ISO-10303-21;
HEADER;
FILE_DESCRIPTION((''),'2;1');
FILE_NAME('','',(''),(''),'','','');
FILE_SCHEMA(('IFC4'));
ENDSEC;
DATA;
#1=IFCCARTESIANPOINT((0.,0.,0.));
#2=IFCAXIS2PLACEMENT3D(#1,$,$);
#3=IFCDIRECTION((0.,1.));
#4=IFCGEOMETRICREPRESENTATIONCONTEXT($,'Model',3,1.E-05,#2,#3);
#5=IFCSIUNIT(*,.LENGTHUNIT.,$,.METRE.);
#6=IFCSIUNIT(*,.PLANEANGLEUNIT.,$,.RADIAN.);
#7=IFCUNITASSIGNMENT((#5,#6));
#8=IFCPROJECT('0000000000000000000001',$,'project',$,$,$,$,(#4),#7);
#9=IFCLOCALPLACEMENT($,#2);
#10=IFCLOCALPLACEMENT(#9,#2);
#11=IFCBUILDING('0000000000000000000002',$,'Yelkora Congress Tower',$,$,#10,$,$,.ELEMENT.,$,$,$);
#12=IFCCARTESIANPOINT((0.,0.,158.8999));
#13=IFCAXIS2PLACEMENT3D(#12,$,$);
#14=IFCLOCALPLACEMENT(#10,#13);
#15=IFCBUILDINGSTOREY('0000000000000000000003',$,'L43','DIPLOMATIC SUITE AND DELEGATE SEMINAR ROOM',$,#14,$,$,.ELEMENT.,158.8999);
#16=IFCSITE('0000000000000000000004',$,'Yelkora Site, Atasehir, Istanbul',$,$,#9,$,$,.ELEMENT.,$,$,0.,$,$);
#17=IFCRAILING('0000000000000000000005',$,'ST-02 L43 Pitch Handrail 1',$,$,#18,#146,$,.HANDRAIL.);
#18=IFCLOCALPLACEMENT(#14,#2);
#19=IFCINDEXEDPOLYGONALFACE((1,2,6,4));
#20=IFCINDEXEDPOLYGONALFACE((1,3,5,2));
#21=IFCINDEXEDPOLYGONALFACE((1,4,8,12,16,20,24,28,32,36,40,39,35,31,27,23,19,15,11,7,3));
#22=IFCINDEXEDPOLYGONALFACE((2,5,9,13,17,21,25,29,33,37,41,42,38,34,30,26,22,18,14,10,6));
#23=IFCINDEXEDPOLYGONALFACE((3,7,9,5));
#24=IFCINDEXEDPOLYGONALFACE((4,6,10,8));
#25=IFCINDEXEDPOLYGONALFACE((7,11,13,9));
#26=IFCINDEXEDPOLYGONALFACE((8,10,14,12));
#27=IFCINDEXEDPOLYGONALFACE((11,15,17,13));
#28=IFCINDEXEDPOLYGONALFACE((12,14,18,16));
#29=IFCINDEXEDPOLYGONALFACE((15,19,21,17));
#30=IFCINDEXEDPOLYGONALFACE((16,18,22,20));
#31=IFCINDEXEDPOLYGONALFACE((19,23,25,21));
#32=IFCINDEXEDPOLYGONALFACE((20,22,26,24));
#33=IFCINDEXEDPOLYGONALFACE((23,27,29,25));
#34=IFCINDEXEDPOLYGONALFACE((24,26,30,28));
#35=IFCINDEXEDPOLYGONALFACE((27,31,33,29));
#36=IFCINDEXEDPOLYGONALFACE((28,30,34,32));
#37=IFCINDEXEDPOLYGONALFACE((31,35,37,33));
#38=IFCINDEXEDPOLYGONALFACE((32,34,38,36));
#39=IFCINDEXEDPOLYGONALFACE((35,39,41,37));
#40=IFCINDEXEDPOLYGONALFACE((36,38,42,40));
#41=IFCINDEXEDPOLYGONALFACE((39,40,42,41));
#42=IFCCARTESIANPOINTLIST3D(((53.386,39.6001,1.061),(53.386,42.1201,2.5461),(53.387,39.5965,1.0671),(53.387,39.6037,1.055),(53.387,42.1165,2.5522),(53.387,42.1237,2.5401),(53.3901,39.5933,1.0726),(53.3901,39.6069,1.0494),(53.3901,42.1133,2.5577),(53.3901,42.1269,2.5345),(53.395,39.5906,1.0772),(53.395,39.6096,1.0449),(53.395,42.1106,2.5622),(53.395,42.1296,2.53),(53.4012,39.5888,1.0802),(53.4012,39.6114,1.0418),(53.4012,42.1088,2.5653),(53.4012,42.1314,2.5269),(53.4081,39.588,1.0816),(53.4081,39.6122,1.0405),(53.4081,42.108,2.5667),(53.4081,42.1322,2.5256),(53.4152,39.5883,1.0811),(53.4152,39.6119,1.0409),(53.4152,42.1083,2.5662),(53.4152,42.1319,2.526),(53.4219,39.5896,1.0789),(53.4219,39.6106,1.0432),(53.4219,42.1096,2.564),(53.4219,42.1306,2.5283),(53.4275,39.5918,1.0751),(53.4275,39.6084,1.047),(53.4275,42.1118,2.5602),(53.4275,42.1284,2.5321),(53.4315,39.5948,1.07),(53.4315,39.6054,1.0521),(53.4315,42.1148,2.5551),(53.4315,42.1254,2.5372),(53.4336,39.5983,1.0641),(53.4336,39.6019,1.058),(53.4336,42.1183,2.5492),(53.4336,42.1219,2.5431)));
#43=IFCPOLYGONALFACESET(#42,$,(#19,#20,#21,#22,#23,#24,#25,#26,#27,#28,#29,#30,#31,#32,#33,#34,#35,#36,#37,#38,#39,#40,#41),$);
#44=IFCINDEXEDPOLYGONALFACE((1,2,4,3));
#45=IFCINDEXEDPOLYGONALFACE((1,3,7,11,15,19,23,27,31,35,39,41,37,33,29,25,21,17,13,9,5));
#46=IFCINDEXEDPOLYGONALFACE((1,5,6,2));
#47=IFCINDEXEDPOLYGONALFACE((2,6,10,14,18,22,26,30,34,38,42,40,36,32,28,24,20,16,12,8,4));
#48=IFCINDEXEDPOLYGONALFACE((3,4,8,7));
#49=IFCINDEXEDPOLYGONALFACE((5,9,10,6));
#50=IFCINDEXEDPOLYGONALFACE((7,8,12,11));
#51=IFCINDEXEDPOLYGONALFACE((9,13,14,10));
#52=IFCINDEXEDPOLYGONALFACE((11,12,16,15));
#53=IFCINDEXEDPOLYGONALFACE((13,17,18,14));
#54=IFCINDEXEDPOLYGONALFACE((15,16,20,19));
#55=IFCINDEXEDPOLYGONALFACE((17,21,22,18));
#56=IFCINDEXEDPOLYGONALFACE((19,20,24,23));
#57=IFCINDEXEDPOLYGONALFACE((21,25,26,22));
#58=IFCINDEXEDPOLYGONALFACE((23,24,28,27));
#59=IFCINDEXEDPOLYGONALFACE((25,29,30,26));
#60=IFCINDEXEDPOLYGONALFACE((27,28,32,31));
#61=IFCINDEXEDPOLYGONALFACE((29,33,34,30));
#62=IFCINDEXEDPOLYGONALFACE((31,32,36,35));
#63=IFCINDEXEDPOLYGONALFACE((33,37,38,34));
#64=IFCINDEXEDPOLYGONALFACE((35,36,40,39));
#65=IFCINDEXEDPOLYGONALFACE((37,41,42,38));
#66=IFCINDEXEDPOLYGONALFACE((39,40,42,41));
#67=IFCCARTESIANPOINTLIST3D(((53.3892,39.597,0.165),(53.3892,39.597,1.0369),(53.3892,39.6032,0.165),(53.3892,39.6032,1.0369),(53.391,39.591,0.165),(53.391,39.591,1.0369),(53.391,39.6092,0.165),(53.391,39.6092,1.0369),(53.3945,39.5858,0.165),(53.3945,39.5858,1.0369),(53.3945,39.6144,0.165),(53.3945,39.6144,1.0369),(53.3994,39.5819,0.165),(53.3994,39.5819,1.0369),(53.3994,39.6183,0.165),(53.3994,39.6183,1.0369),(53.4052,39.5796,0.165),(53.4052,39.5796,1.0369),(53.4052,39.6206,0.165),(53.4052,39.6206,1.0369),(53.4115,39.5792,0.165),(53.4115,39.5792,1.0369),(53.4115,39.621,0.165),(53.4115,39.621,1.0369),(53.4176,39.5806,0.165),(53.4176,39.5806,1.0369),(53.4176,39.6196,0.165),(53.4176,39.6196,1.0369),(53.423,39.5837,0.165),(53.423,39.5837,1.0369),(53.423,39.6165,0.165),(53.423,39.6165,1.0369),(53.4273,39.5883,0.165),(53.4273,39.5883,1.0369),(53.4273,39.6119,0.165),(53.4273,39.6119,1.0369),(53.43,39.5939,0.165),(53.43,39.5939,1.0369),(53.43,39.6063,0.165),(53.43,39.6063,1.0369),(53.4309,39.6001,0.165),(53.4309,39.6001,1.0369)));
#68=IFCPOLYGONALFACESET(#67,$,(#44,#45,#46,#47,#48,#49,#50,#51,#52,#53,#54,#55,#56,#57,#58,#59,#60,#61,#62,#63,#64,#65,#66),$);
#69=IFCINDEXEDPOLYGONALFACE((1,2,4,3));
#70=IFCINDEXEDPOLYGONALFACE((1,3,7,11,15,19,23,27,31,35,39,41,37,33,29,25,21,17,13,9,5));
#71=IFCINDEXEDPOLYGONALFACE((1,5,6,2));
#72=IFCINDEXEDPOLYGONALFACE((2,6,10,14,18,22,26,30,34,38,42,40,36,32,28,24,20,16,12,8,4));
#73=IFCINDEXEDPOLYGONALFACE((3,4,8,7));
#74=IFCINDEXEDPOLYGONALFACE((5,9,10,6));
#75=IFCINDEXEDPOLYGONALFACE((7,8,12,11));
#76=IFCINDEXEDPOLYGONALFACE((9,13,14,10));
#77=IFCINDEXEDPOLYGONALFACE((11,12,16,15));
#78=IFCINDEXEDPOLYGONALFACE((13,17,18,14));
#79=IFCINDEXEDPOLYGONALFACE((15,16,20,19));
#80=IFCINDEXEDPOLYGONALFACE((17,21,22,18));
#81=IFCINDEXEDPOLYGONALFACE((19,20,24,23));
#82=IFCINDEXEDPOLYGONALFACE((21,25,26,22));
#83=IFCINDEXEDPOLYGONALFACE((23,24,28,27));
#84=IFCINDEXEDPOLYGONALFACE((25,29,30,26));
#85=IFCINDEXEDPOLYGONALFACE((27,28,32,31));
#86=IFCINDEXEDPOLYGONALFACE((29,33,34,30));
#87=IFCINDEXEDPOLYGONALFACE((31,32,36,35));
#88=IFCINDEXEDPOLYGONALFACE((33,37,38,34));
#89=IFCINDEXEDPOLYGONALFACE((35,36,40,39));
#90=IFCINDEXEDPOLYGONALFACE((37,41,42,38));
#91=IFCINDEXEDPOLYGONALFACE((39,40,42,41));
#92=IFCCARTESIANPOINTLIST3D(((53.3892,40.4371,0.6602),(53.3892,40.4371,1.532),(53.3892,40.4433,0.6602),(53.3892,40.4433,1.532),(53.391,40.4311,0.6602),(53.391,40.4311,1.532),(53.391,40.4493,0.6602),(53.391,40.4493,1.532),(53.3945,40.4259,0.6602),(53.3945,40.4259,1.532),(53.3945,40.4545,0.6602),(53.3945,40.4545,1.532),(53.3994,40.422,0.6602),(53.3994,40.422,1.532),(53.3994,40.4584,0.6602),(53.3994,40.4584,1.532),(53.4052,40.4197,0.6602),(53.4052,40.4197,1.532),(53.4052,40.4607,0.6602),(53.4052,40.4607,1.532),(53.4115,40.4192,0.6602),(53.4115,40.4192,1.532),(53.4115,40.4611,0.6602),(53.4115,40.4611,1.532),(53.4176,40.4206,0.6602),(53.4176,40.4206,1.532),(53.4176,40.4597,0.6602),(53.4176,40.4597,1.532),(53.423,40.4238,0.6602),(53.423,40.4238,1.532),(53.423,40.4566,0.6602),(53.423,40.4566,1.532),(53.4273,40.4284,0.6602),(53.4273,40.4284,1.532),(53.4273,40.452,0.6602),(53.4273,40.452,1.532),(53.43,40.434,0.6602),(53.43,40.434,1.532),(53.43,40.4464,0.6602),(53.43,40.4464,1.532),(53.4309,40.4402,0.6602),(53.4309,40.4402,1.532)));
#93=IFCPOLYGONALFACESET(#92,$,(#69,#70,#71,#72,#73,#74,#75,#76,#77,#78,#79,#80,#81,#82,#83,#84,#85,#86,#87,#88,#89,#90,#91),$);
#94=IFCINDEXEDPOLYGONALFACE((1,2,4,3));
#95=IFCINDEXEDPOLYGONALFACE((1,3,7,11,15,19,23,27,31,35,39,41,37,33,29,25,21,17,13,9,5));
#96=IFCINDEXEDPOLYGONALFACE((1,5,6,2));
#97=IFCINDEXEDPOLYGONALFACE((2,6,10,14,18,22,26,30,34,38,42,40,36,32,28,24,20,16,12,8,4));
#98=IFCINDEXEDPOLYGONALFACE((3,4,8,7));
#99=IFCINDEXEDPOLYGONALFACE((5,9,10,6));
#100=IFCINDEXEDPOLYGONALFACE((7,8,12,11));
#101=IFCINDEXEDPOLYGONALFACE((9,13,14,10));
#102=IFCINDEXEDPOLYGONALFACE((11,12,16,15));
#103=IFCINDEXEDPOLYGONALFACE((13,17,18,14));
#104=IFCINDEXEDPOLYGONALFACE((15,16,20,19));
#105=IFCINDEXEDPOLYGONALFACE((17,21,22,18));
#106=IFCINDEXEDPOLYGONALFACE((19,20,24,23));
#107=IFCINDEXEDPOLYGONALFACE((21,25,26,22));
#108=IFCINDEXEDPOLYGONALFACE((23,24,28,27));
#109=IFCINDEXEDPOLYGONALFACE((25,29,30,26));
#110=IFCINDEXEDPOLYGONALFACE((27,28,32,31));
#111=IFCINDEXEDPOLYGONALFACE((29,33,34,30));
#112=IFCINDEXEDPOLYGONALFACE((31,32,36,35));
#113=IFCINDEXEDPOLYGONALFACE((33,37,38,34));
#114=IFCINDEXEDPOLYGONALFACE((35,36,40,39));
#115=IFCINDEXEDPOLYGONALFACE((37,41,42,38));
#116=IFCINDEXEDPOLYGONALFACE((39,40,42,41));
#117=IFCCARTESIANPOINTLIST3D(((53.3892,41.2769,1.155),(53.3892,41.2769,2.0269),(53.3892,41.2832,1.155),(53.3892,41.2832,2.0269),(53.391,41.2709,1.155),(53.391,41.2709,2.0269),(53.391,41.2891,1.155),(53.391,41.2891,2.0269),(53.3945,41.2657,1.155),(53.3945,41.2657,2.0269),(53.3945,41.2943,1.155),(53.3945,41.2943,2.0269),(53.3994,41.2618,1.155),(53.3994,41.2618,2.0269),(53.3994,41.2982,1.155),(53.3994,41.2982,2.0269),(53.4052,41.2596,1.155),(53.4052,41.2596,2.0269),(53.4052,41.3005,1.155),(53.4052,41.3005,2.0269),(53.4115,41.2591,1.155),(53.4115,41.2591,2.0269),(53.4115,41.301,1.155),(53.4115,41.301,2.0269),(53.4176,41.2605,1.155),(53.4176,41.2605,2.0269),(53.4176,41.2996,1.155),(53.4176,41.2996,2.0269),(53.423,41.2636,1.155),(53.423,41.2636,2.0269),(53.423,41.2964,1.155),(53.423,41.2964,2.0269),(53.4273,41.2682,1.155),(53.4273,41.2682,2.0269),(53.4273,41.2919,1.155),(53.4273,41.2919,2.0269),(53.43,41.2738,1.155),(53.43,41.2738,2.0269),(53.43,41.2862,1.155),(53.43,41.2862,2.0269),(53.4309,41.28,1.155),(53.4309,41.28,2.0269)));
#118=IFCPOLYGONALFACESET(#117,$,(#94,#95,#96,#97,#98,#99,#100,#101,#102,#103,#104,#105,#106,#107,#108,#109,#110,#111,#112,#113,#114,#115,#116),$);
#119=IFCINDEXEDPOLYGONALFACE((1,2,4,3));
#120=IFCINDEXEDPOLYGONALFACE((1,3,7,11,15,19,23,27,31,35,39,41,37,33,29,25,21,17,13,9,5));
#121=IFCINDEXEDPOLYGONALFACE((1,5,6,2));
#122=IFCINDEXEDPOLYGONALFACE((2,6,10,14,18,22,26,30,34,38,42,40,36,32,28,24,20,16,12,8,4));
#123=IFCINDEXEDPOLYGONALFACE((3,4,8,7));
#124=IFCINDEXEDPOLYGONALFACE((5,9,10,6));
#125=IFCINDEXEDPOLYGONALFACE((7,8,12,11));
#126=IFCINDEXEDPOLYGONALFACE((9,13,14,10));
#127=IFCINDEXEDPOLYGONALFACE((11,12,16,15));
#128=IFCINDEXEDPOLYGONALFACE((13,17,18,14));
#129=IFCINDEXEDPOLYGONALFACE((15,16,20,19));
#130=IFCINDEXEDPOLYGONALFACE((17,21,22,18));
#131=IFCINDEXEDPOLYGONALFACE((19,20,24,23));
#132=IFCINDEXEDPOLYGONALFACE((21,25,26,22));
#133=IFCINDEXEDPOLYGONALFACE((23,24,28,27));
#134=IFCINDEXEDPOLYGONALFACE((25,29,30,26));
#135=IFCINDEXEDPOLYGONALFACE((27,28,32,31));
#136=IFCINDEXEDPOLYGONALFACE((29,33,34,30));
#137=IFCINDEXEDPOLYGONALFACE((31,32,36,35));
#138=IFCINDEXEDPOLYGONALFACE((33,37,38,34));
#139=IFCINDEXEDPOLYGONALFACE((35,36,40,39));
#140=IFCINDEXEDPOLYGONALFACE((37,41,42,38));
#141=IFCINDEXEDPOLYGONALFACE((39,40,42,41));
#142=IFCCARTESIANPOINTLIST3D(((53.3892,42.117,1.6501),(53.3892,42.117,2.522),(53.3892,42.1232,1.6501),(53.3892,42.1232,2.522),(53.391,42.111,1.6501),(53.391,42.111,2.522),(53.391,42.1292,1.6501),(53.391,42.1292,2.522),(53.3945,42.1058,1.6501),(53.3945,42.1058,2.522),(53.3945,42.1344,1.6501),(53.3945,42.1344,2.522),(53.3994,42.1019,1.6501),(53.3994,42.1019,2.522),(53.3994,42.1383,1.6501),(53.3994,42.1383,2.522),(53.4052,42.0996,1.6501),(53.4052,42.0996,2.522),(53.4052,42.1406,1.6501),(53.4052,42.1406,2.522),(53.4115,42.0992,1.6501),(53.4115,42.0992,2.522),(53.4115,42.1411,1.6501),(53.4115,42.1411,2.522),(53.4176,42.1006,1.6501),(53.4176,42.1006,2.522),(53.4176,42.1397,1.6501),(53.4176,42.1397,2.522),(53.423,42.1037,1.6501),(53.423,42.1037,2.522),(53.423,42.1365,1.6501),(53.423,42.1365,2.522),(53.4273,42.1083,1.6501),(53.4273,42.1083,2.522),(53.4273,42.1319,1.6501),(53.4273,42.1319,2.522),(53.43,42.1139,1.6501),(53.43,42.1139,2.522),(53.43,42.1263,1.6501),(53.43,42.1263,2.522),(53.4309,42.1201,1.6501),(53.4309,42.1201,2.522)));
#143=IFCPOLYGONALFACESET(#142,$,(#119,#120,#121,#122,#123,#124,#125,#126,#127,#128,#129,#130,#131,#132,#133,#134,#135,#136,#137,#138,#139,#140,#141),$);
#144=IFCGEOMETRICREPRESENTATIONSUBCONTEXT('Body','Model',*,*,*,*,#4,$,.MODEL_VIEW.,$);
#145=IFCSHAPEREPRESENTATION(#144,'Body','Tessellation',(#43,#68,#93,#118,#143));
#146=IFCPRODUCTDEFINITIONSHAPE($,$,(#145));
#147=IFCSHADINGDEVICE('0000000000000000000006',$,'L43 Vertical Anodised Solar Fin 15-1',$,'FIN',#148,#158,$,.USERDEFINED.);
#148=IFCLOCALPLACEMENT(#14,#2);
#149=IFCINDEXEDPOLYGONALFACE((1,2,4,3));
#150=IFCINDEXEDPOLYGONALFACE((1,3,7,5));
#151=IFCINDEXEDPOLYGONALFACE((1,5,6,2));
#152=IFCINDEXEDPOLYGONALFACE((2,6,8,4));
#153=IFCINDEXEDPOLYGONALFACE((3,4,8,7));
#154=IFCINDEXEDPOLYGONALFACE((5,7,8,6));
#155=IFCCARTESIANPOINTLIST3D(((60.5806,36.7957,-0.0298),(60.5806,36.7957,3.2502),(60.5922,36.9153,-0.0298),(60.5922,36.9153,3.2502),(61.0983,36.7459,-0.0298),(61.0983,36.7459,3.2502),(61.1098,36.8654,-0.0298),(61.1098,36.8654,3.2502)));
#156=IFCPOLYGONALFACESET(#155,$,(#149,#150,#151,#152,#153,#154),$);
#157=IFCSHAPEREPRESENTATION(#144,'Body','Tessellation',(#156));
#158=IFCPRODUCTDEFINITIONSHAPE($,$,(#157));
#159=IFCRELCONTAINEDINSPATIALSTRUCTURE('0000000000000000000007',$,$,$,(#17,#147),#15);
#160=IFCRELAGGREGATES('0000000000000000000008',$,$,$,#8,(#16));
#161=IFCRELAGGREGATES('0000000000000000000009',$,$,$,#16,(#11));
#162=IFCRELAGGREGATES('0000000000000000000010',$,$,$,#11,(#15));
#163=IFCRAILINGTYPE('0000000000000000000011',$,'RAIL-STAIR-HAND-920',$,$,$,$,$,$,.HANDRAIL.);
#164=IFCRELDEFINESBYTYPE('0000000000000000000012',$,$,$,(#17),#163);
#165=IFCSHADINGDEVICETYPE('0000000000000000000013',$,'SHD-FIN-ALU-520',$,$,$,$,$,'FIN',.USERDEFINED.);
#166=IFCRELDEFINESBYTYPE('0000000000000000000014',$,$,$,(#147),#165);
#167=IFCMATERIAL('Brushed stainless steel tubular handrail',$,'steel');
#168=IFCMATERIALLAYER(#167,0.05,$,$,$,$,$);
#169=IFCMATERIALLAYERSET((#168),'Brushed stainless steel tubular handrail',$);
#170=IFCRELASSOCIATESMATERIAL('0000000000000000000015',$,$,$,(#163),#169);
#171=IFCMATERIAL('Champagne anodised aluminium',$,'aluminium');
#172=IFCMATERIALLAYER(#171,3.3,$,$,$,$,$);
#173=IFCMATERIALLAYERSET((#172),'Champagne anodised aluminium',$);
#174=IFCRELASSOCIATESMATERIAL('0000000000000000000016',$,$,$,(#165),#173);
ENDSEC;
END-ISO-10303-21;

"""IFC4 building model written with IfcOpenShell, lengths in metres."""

from ifc_helpers import new_model, si_unit, direction, frame, origin, origin_2d, place, context, subcontext, project, spatial, rectangle, circle, extrude, material, layer, layer_set, type_object, element, save


model = new_model("IFC4")

# Units and contexts
model_context = context("Model", 3, precision=1e-05, world=origin(), true_north=direction((0.0, 1.0)))
body_context = subcontext(model_context, "Body", "Model", "MODEL_VIEW")
ifc_project = project(units=[si_unit("LENGTHUNIT", "METRE"), si_unit("PLANEANGLEUNIT", "RADIAN")], contexts=[model_context])

# Site, building, storey
site_placement = place(None, origin())
site = spatial("IfcSite", under=ifc_project, at=site_placement, Name="Yelkora Site, Atasehir, Istanbul", CompositionType="ELEMENT", RefElevation=0.0)
building_placement = place(site_placement, origin())
building = spatial("IfcBuilding", under=site, at=building_placement, Name="Yelkora Congress Tower", CompositionType="ELEMENT")
storey_placement = place(building_placement, frame((0.0, 0.0, 158.8999)))
storey = spatial("IfcBuildingStorey", under=building, at=storey_placement, Name="L43", Description="DIPLOMATIC SUITE AND DELEGATE SEMINAR ROOM", CompositionType="ELEMENT", Elevation=158.8999)

# Railing
ifc_material_1 = material(Name="Brushed stainless steel tubular handrail", Category="steel")
ifc_layer_1 = layer(ifc_material_1, 0.05)
ifc_layer_set_1 = layer_set([ifc_layer_1], Name="Brushed stainless steel tubular handrail")
railing_type_1 = type_object("IfcRailingType", Name="RAIL-STAIR-HAND-920", PredefinedType="HANDRAIL", material=ifc_layer_set_1)
railing_1_placement = place(storey_placement, frame((53.4099, 39.6001, 0.165)))
element("IfcRailing", 1, at=railing_1_placement, inside=storey, type_object=railing_type_1, Name="ST-02 L43 Pitch Handrail 1", PredefinedType="HANDRAIL", context=body_context, shape_type="SweptSolid", body=[
    extrude(circle(Radius=0.0239, at=origin_2d()), frame((0.0, 0.0, 0.896), z_axis=(0.0, 0.861524, 0.507717), x_axis=(-1.0, 0.0, 0.0)), (0.0, 0.0, 1.0), 2.925),
    extrude(circle(Radius=0.021, at=origin_2d()), origin(), (0.0, 0.0, 1.0), 0.8718),
    extrude(circle(Radius=0.021, at=origin_2d()), frame((0.0, 0.8401, 0.4951)), (0.0, 0.0, 1.0), 0.8718),
    extrude(circle(Radius=0.021, at=origin_2d()), frame((0.0, 1.6799, 0.99)), (0.0, 0.0, 1.0), 0.8718),
    extrude(circle(Radius=0.021, at=origin_2d()), frame((0.0, 2.52, 1.4851)), (0.0, 0.0, 1.0), 0.8718),
])

# Shading device
ifc_material_2 = material(Name="Champagne anodised aluminium", Category="aluminium")
ifc_layer_2 = layer(ifc_material_2, 3.3)
ifc_layer_set_2 = layer_set([ifc_layer_2], Name="Champagne anodised aluminium")
shading_device_type = type_object("IfcShadingDeviceType", Name="SHD-FIN-ALU-520", ElementType="FIN", PredefinedType="USERDEFINED", material=ifc_layer_set_2)
shading_device_placement = place(storey_placement, frame((60.8452, 36.8306, -0.0298), z_axis=(0.0, 0.0, 1.0), x_axis=(-0.095846, -0.995396, 0.0)))
element("IfcShadingDevice", 2, at=shading_device_placement, inside=storey, type_object=shading_device_type, Name="L43 Vertical Anodised Solar Fin 15-1", ObjectType="FIN", PredefinedType="USERDEFINED", context=body_context, shape_type="SweptSolid", body=[
    extrude(rectangle(XDim=0.1201, YDim=0.52, at=origin_2d()), origin(), (0.0, 0.0, 1.0), 3.28),
])

save(model, "model.ifc")
